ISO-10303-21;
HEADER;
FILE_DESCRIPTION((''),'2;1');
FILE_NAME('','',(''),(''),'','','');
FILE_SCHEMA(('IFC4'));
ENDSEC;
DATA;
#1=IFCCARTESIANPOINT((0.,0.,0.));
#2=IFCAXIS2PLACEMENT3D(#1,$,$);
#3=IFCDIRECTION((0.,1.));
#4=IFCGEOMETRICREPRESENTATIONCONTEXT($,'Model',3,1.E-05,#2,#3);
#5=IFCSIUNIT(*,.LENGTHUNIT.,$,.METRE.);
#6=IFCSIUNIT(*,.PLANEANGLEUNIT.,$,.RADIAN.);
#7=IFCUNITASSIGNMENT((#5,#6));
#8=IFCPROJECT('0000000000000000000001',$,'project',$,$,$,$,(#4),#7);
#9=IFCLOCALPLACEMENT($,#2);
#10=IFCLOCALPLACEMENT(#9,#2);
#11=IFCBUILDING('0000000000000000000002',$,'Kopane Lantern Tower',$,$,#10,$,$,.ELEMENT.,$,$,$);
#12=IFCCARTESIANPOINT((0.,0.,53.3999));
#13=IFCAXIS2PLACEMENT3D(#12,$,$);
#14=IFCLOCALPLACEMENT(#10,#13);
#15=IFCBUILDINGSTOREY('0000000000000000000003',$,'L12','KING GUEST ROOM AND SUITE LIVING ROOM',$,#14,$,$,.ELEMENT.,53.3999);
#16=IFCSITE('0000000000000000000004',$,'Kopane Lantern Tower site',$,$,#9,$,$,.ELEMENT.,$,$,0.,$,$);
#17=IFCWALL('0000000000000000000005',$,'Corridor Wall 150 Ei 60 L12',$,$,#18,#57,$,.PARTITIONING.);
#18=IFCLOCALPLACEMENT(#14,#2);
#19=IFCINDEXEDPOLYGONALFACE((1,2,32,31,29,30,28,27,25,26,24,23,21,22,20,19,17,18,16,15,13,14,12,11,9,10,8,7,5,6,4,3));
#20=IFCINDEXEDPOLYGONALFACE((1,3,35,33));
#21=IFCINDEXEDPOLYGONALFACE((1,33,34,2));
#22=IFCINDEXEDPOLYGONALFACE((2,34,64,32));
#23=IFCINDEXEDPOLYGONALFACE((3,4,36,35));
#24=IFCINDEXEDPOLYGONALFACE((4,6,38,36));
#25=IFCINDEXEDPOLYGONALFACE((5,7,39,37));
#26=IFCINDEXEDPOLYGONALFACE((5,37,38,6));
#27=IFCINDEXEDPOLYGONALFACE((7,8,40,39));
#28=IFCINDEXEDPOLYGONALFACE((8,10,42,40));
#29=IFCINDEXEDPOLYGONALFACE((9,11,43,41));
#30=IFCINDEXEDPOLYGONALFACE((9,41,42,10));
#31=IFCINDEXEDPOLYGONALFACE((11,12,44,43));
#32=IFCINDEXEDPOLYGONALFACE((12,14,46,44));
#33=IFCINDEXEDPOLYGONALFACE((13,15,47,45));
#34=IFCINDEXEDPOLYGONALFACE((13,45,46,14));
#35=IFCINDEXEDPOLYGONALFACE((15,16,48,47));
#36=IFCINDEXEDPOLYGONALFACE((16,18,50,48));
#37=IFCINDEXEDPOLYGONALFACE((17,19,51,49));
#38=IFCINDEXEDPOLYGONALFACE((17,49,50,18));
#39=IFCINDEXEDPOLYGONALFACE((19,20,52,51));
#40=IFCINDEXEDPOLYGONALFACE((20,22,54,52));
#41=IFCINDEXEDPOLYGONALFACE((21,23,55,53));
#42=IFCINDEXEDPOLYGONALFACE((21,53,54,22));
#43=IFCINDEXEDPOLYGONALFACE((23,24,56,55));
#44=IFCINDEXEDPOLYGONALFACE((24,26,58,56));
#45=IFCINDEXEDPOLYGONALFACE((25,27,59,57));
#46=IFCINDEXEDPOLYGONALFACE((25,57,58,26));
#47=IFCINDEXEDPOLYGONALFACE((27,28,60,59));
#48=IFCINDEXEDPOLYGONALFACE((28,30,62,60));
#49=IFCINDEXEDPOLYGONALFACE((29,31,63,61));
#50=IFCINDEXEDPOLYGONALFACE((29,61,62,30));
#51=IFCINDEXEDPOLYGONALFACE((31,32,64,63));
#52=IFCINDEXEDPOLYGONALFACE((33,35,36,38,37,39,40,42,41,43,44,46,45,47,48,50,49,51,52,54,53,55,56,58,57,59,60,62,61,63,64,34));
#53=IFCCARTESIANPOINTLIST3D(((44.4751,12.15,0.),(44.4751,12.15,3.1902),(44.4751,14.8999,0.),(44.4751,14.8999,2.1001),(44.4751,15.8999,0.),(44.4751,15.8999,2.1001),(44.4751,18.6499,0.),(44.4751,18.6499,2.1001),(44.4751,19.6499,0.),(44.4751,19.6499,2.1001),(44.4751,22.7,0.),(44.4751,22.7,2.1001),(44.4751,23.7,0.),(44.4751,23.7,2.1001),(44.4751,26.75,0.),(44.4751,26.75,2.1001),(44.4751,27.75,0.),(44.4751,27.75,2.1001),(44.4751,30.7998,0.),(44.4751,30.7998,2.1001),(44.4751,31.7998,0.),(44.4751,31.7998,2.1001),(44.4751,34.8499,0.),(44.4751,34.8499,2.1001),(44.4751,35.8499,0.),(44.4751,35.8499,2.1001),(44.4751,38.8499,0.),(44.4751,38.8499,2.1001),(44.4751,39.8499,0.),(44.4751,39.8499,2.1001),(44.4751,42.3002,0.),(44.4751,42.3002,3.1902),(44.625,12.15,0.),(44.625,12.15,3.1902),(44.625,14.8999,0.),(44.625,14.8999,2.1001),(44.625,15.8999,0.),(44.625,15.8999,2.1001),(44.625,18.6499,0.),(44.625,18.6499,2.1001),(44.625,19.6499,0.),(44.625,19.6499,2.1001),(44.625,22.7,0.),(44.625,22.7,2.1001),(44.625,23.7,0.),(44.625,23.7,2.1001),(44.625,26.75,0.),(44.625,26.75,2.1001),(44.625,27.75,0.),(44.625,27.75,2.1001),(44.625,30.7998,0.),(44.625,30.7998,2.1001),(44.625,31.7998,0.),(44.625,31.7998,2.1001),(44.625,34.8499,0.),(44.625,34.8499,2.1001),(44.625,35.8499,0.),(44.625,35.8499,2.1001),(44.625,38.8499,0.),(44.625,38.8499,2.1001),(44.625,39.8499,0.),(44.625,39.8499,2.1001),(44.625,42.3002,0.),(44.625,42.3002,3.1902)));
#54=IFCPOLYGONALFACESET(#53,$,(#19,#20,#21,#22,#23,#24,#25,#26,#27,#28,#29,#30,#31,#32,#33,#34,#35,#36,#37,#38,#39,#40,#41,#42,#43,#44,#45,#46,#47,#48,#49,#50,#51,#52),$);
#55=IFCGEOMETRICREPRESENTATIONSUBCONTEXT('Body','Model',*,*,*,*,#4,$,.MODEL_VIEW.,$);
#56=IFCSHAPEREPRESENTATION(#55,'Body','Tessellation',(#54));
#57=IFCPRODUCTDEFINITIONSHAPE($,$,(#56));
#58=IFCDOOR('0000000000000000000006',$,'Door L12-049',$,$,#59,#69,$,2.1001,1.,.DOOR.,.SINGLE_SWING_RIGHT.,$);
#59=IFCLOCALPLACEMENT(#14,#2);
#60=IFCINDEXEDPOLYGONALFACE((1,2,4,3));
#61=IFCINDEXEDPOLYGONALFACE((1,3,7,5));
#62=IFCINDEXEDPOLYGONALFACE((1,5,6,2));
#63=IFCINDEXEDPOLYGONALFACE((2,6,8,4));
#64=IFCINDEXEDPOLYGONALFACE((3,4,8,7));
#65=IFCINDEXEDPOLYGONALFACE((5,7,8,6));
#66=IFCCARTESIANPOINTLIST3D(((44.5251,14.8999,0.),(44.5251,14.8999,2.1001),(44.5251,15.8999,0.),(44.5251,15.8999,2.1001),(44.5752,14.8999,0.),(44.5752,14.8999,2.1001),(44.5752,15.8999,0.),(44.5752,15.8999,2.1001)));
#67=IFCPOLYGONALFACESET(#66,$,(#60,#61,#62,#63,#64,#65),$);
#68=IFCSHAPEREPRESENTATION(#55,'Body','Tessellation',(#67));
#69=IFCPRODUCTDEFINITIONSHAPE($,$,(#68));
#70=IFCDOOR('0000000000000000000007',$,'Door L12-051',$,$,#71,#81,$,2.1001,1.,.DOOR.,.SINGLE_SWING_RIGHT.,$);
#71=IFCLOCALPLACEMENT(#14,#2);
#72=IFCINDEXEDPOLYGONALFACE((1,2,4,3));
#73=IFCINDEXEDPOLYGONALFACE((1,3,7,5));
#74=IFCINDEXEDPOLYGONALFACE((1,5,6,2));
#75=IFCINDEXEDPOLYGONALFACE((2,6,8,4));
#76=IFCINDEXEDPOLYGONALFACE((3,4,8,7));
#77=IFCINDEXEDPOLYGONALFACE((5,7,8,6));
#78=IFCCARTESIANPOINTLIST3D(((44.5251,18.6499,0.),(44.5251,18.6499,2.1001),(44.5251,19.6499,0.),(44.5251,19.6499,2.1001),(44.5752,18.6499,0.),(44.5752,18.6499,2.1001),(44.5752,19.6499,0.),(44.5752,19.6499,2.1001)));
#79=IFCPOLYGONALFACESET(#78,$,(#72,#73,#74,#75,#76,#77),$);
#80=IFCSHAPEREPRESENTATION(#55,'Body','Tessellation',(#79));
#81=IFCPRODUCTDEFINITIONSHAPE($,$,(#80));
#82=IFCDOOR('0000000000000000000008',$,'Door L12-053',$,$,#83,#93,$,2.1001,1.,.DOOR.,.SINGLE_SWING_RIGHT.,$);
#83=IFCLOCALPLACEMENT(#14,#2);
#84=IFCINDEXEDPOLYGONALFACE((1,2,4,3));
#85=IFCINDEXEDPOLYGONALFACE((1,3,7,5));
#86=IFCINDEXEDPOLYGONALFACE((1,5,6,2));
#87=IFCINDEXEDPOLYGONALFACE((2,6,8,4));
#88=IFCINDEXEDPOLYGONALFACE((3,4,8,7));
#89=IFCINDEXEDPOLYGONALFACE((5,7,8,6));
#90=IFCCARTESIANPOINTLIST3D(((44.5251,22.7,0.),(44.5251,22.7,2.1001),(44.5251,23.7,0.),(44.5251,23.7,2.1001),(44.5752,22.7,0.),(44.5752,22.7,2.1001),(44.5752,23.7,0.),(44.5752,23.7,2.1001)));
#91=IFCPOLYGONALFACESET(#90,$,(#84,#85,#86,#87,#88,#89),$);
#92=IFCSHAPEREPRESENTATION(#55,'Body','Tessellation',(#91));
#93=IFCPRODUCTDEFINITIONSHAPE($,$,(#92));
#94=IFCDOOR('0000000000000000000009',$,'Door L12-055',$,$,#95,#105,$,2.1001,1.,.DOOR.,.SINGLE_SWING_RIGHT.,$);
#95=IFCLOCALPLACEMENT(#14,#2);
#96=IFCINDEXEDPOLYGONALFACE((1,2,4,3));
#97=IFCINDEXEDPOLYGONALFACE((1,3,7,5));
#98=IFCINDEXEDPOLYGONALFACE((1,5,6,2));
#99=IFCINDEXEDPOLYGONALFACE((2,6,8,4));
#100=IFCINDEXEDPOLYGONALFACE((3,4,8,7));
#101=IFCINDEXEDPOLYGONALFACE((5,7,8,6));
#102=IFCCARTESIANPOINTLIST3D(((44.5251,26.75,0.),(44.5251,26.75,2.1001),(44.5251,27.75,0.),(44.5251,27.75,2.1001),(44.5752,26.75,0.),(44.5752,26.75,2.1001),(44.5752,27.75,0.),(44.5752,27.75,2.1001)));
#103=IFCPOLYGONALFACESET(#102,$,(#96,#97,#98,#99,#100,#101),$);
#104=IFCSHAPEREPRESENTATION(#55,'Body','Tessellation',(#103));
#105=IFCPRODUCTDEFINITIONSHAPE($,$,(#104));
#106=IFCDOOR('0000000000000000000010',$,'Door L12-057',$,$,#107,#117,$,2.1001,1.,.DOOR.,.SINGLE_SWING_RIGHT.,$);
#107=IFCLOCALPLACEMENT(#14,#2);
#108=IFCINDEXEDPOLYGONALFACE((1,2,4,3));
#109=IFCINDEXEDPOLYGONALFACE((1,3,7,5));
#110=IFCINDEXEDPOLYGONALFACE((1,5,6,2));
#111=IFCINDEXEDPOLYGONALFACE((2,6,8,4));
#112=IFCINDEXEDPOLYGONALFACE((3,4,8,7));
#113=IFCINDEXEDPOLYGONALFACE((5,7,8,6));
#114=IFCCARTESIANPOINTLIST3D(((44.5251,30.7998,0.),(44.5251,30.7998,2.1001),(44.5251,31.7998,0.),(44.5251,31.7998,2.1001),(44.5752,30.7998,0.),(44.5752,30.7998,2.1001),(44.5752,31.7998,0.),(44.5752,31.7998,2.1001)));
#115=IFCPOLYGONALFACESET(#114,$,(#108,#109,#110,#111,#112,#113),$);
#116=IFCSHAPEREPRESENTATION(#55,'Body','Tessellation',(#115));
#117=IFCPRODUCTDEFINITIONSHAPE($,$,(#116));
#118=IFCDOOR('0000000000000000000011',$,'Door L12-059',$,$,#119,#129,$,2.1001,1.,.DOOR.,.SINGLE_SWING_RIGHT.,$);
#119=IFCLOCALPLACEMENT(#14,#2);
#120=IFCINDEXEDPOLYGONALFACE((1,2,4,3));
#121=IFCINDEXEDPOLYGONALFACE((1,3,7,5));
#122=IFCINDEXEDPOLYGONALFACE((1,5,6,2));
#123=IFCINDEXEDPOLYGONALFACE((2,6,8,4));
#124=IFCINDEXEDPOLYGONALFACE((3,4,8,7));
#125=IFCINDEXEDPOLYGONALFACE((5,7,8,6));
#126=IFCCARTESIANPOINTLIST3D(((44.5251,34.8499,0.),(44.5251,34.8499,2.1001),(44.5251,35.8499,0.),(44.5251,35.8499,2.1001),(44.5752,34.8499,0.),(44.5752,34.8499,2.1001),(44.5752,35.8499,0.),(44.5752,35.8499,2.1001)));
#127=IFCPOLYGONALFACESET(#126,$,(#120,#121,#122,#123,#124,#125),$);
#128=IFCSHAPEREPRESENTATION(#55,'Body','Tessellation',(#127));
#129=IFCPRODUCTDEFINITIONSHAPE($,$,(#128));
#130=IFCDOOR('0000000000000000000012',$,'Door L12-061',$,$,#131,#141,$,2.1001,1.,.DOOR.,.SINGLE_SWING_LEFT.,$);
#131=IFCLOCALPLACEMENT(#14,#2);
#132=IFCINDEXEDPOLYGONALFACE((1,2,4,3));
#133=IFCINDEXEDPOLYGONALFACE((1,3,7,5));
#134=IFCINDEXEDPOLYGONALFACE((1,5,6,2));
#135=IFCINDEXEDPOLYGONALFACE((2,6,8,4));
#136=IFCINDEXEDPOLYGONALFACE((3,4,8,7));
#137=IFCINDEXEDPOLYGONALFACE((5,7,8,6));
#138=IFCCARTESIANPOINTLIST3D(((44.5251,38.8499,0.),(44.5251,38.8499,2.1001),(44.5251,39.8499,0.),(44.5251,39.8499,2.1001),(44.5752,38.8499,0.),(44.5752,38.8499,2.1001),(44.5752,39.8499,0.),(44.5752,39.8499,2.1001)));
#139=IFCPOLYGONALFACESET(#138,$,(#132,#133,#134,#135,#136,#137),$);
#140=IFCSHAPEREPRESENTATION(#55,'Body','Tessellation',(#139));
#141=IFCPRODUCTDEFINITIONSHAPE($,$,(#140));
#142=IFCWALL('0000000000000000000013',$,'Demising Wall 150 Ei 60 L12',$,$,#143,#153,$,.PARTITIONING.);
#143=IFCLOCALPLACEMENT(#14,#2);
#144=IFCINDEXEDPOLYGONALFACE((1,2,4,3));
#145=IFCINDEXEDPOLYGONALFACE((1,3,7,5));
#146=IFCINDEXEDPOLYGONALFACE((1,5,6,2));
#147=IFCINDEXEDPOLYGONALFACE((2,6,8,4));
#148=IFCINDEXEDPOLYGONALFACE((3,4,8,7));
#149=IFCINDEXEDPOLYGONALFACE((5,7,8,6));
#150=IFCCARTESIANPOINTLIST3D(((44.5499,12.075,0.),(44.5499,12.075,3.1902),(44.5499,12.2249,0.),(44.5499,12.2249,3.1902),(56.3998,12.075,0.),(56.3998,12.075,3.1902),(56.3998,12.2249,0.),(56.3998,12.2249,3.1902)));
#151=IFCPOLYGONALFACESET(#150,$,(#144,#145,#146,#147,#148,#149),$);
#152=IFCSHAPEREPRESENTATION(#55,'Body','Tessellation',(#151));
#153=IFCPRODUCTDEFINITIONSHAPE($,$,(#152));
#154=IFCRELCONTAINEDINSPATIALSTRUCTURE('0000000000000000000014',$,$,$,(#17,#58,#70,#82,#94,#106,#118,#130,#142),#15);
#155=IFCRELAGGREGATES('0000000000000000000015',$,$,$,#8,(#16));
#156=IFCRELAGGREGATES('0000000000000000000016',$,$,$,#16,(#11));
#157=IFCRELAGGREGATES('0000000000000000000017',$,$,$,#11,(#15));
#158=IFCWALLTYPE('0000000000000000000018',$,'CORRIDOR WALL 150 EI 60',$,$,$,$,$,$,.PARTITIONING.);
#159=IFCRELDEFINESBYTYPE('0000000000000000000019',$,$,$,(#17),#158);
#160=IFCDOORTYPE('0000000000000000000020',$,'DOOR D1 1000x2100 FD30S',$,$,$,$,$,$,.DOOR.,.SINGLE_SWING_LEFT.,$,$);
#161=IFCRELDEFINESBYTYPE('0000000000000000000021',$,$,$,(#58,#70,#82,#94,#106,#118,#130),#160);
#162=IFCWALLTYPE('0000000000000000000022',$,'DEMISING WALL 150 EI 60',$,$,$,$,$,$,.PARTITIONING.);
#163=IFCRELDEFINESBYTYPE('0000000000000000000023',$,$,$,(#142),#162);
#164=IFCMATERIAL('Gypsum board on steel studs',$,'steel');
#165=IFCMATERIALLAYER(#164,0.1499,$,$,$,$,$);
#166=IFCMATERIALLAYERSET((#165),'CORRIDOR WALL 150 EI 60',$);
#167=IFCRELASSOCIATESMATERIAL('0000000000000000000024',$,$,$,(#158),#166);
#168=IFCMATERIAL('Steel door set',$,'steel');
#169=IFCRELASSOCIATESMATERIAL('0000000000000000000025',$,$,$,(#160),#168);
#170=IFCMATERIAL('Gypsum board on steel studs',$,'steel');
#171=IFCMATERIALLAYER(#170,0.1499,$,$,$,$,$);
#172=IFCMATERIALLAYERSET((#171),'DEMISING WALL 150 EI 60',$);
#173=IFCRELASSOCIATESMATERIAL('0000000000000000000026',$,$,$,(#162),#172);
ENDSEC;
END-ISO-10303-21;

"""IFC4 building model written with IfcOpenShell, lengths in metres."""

from ifc_helpers import new_model, si_unit, direction, frame, frame_2d, origin, place, context, subcontext, project, spatial, rectangle, extrude, material, layer, layer_set, type_object, element, fill, save


model = new_model("IFC4")

# Units and contexts
model_context = context("Model", 3, precision=1e-05, world=origin(), true_north=direction((0.0, 1.0)))
body_context = subcontext(model_context, "Body", "Model", "MODEL_VIEW")
ifc_project = project(units=[si_unit("LENGTHUNIT", "METRE"), si_unit("PLANEANGLEUNIT", "RADIAN")], contexts=[model_context])

# Site, building, storey
site_placement = place(None, origin())
site = spatial("IfcSite", under=ifc_project, at=site_placement, Name="Kopane Lantern Tower site", CompositionType="ELEMENT", RefElevation=0.0)
building_placement = place(site_placement, origin())
building = spatial("IfcBuilding", under=site, at=building_placement, Name="Kopane Lantern Tower", CompositionType="ELEMENT")
storey_placement = place(building_placement, frame((0.0, 0.0, 53.3999)))
storey = spatial("IfcBuildingStorey", under=building, at=storey_placement, Name="L12", Description="KING GUEST ROOM AND SUITE LIVING ROOM", CompositionType="ELEMENT", Elevation=53.3999)

# Wall, openings, doors
ifc_material_1 = material(Name="Gypsum board on steel studs", Category="steel")
ifc_layer_1 = layer(ifc_material_1, 0.1499)
ifc_layer_set_1 = layer_set([ifc_layer_1], Name="CORRIDOR WALL 150 EI 60")
wall_type_1 = type_object("IfcWallType", Name="CORRIDOR WALL 150 EI 60", PredefinedType="PARTITIONING", material=ifc_layer_set_1)
wall_1_placement = place(storey_placement, frame((44.55, 12.1499, 0.0), z_axis=(0.0, 0.0, 1.0), x_axis=(0.0, 1.0, 0.0)))
wall_1 = element("IfcWall", 1, at=wall_1_placement, inside=storey, type_object=wall_type_1, Name="Corridor Wall 150 Ei 60 L12", PredefinedType="PARTITIONING", context=body_context, shape_type="SweptSolid", body=[
    extrude(rectangle(XDim=30.1501, YDim=0.1499, at=frame_2d((15.0752, 0.0))), origin(), (0.0, 0.0, 1.0), 3.1902),
])
opening_1_placement = place(wall_1_placement, frame((2.75, 0.0, 0.0)))
opening_1 = element("IfcOpeningElement", 2, at=opening_1_placement, cuts=wall_1, PredefinedType="OPENING", context=body_context, shape_type="SweptSolid", body=[
    extrude(rectangle(XDim=1.0, YDim=2.1001, at=frame_2d((0.5, 1.05))), frame((0.0, 0.085, 0.0), z_axis=(0.0, -1.0, 0.0), x_axis=(1.0, 0.0, 0.0)), (0.0, 0.0, 1.0), 0.1699),
])
opening_2_placement = place(wall_1_placement, frame((6.5, 0.0, 0.0)))
opening_2 = element("IfcOpeningElement", 3, at=opening_2_placement, cuts=wall_1, PredefinedType="OPENING", context=body_context, shape_type="SweptSolid", body=[
    extrude(rectangle(XDim=1.0, YDim=2.1001, at=frame_2d((0.5, 1.05))), frame((0.0, 0.085, 0.0), z_axis=(0.0, -1.0, 0.0), x_axis=(1.0, 0.0, 0.0)), (0.0, 0.0, 1.0), 0.1699),
])
opening_3_placement = place(wall_1_placement, frame((10.55, 0.0, 0.0)))
opening_3 = element("IfcOpeningElement", 4, at=opening_3_placement, cuts=wall_1, PredefinedType="OPENING", context=body_context, shape_type="SweptSolid", body=[
    extrude(rectangle(XDim=1.0, YDim=2.1001, at=frame_2d((0.5, 1.05))), frame((0.0, 0.085, 0.0), z_axis=(0.0, -1.0, 0.0), x_axis=(1.0, 0.0, 0.0)), (0.0, 0.0, 1.0), 0.1699),
])
opening_4_placement = place(wall_1_placement, frame((14.6001, 0.0, 0.0)))
opening_4 = element("IfcOpeningElement", 5, at=opening_4_placement, cuts=wall_1, PredefinedType="OPENING", context=body_context, shape_type="SweptSolid", body=[
    extrude(rectangle(XDim=1.0, YDim=2.1001, at=frame_2d((0.5, 1.05))), frame((0.0, 0.085, 0.0), z_axis=(0.0, -1.0, 0.0), x_axis=(1.0, 0.0, 0.0)), (0.0, 0.0, 1.0), 0.1699),
])
opening_5_placement = place(wall_1_placement, frame((18.6499, 0.0, 0.0)))
opening_5 = element("IfcOpeningElement", 6, at=opening_5_placement, cuts=wall_1, PredefinedType="OPENING", context=body_context, shape_type="SweptSolid", body=[
    extrude(rectangle(XDim=1.0, YDim=2.1001, at=frame_2d((0.5, 1.05))), frame((0.0, 0.085, 0.0), z_axis=(0.0, -1.0, 0.0), x_axis=(1.0, 0.0, 0.0)), (0.0, 0.0, 1.0), 0.1699),
])
opening_6_placement = place(wall_1_placement, frame((22.7, 0.0, 0.0)))
opening_6 = element("IfcOpeningElement", 7, at=opening_6_placement, cuts=wall_1, PredefinedType="OPENING", context=body_context, shape_type="SweptSolid", body=[
    extrude(rectangle(XDim=1.0, YDim=2.1001, at=frame_2d((0.5, 1.05))), frame((0.0, 0.085, 0.0), z_axis=(0.0, -1.0, 0.0), x_axis=(1.0, 0.0, 0.0)), (0.0, 0.0, 1.0), 0.1699),
])
opening_7_placement = place(wall_1_placement, frame((26.7, 0.0, 0.0)))
opening_7 = element("IfcOpeningElement", 8, at=opening_7_placement, cuts=wall_1, PredefinedType="OPENING", context=body_context, shape_type="SweptSolid", body=[
    extrude(rectangle(XDim=1.0, YDim=2.1001, at=frame_2d((0.5, 1.05))), frame((0.0, 0.085, 0.0), z_axis=(0.0, -1.0, 0.0), x_axis=(1.0, 0.0, 0.0)), (0.0, 0.0, 1.0), 0.1699),
])
ifc_material_2 = material(Name="Steel door set", Category="steel")
door_type_1 = type_object("IfcDoorType", Name="DOOR D1 1000x2100 FD30S", OperationType="SINGLE_SWING_LEFT", PredefinedType="DOOR", material=ifc_material_2)
door_1_placement = place(opening_1_placement, origin())
door_1 = element("IfcDoor", 9, at=door_1_placement, inside=storey, type_object=door_type_1, Name="Door L12-049", OperationType="SINGLE_SWING_RIGHT", OverallHeight=2.1001, OverallWidth=1.0, PredefinedType="DOOR", context=body_context, shape_type="SweptSolid", body=[
    extrude(rectangle(XDim=1.0, YDim=2.1001, at=frame_2d((0.5, 1.05))), frame((0.0, 0.0249, 0.0), z_axis=(0.0, -1.0, 0.0), x_axis=(1.0, 0.0, 0.0)), (0.0, 0.0, 1.0), 0.05),
])
fill(opening_1, door_1)
door_2_placement = place(opening_2_placement, origin())
door_2 = element("IfcDoor", 10, at=door_2_placement, inside=storey, type_object=door_type_1, Name="Door L12-051", OperationType="SINGLE_SWING_RIGHT", OverallHeight=2.1001, OverallWidth=1.0, PredefinedType="DOOR", context=body_context, shape_type="SweptSolid", body=[
    extrude(rectangle(XDim=1.0, YDim=2.1001, at=frame_2d((0.5, 1.05))), frame((0.0, 0.0249, 0.0), z_axis=(0.0, -1.0, 0.0), x_axis=(1.0, 0.0, 0.0)), (0.0, 0.0, 1.0), 0.05),
])
fill(opening_2, door_2)
door_3_placement = place(opening_3_placement, origin())
door_3 = element("IfcDoor", 11, at=door_3_placement, inside=storey, type_object=door_type_1, Name="Door L12-053", OperationType="SINGLE_SWING_RIGHT", OverallHeight=2.1001, OverallWidth=1.0, PredefinedType="DOOR", context=body_context, shape_type="SweptSolid", body=[
    extrude(rectangle(XDim=1.0, YDim=2.1001, at=frame_2d((0.5, 1.05))), frame((0.0, 0.0249, 0.0), z_axis=(0.0, -1.0, 0.0), x_axis=(1.0, 0.0, 0.0)), (0.0, 0.0, 1.0), 0.05),
])
fill(opening_3, door_3)
door_4_placement = place(opening_4_placement, origin())
door_4 = element("IfcDoor", 12, at=door_4_placement, inside=storey, type_object=door_type_1, Name="Door L12-055", OperationType="SINGLE_SWING_RIGHT", OverallHeight=2.1001, OverallWidth=1.0, PredefinedType="DOOR", context=body_context, shape_type="SweptSolid", body=[
    extrude(rectangle(XDim=1.0, YDim=2.1001, at=frame_2d((0.5, 1.05))), frame((0.0, 0.0249, 0.0), z_axis=(0.0, -1.0, 0.0), x_axis=(1.0, 0.0, 0.0)), (0.0, 0.0, 1.0), 0.05),
])
fill(opening_4, door_4)
door_5_placement = place(opening_5_placement, origin())
door_5 = element("IfcDoor", 13, at=door_5_placement, inside=storey, type_object=door_type_1, Name="Door L12-057", OperationType="SINGLE_SWING_RIGHT", OverallHeight=2.1001, OverallWidth=1.0, PredefinedType="DOOR", context=body_context, shape_type="SweptSolid", body=[
    extrude(rectangle(XDim=1.0, YDim=2.1001, at=frame_2d((0.5, 1.05))), frame((0.0, 0.0249, 0.0), z_axis=(0.0, -1.0, 0.0), x_axis=(1.0, 0.0, 0.0)), (0.0, 0.0, 1.0), 0.05),
])
fill(opening_5, door_5)
door_6_placement = place(opening_6_placement, origin())
door_6 = element("IfcDoor", 14, at=door_6_placement, inside=storey, type_object=door_type_1, Name="Door L12-059", OperationType="SINGLE_SWING_RIGHT", OverallHeight=2.1001, OverallWidth=1.0, PredefinedType="DOOR", context=body_context, shape_type="SweptSolid", body=[
    extrude(rectangle(XDim=1.0, YDim=2.1001, at=frame_2d((0.5, 1.05))), frame((0.0, 0.0249, 0.0), z_axis=(0.0, -1.0, 0.0), x_axis=(1.0, 0.0, 0.0)), (0.0, 0.0, 1.0), 0.05),
])
fill(opening_6, door_6)
door_7_placement = place(opening_7_placement, origin())
door_7 = element("IfcDoor", 15, at=door_7_placement, inside=storey, type_object=door_type_1, Name="Door L12-061", OperationType="SINGLE_SWING_LEFT", OverallHeight=2.1001, OverallWidth=1.0, PredefinedType="DOOR", context=body_context, shape_type="SweptSolid", body=[
    extrude(rectangle(XDim=1.0, YDim=2.1001, at=frame_2d((0.5, 1.05))), frame((0.0, 0.0249, 0.0), z_axis=(0.0, -1.0, 0.0), x_axis=(1.0, 0.0, 0.0)), (0.0, 0.0, 1.0), 0.05),
])
fill(opening_7, door_7)

# Wall
ifc_material_3 = material(Name="Gypsum board on steel studs", Category="steel")
ifc_layer_2 = layer(ifc_material_3, 0.1499)
ifc_layer_set_2 = layer_set([ifc_layer_2], Name="DEMISING WALL 150 EI 60")
wall_type_2 = type_object("IfcWallType", Name="DEMISING WALL 150 EI 60", PredefinedType="PARTITIONING", material=ifc_layer_set_2)
wall_2_placement = place(storey_placement, frame((44.55, 12.1499, 0.0), z_axis=(0.0, 0.0, 1.0), x_axis=(1.0, 0.0, 0.0)))
element("IfcWall", 16, at=wall_2_placement, inside=storey, type_object=wall_type_2, Name="Demising Wall 150 Ei 60 L12", PredefinedType="PARTITIONING", context=body_context, shape_type="SweptSolid", body=[
    extrude(rectangle(XDim=11.8499, YDim=0.1499, at=frame_2d((5.9248, 0.0))), origin(), (0.0, 0.0, 1.0), 3.1902),
])

save(model, "model.ifc")
